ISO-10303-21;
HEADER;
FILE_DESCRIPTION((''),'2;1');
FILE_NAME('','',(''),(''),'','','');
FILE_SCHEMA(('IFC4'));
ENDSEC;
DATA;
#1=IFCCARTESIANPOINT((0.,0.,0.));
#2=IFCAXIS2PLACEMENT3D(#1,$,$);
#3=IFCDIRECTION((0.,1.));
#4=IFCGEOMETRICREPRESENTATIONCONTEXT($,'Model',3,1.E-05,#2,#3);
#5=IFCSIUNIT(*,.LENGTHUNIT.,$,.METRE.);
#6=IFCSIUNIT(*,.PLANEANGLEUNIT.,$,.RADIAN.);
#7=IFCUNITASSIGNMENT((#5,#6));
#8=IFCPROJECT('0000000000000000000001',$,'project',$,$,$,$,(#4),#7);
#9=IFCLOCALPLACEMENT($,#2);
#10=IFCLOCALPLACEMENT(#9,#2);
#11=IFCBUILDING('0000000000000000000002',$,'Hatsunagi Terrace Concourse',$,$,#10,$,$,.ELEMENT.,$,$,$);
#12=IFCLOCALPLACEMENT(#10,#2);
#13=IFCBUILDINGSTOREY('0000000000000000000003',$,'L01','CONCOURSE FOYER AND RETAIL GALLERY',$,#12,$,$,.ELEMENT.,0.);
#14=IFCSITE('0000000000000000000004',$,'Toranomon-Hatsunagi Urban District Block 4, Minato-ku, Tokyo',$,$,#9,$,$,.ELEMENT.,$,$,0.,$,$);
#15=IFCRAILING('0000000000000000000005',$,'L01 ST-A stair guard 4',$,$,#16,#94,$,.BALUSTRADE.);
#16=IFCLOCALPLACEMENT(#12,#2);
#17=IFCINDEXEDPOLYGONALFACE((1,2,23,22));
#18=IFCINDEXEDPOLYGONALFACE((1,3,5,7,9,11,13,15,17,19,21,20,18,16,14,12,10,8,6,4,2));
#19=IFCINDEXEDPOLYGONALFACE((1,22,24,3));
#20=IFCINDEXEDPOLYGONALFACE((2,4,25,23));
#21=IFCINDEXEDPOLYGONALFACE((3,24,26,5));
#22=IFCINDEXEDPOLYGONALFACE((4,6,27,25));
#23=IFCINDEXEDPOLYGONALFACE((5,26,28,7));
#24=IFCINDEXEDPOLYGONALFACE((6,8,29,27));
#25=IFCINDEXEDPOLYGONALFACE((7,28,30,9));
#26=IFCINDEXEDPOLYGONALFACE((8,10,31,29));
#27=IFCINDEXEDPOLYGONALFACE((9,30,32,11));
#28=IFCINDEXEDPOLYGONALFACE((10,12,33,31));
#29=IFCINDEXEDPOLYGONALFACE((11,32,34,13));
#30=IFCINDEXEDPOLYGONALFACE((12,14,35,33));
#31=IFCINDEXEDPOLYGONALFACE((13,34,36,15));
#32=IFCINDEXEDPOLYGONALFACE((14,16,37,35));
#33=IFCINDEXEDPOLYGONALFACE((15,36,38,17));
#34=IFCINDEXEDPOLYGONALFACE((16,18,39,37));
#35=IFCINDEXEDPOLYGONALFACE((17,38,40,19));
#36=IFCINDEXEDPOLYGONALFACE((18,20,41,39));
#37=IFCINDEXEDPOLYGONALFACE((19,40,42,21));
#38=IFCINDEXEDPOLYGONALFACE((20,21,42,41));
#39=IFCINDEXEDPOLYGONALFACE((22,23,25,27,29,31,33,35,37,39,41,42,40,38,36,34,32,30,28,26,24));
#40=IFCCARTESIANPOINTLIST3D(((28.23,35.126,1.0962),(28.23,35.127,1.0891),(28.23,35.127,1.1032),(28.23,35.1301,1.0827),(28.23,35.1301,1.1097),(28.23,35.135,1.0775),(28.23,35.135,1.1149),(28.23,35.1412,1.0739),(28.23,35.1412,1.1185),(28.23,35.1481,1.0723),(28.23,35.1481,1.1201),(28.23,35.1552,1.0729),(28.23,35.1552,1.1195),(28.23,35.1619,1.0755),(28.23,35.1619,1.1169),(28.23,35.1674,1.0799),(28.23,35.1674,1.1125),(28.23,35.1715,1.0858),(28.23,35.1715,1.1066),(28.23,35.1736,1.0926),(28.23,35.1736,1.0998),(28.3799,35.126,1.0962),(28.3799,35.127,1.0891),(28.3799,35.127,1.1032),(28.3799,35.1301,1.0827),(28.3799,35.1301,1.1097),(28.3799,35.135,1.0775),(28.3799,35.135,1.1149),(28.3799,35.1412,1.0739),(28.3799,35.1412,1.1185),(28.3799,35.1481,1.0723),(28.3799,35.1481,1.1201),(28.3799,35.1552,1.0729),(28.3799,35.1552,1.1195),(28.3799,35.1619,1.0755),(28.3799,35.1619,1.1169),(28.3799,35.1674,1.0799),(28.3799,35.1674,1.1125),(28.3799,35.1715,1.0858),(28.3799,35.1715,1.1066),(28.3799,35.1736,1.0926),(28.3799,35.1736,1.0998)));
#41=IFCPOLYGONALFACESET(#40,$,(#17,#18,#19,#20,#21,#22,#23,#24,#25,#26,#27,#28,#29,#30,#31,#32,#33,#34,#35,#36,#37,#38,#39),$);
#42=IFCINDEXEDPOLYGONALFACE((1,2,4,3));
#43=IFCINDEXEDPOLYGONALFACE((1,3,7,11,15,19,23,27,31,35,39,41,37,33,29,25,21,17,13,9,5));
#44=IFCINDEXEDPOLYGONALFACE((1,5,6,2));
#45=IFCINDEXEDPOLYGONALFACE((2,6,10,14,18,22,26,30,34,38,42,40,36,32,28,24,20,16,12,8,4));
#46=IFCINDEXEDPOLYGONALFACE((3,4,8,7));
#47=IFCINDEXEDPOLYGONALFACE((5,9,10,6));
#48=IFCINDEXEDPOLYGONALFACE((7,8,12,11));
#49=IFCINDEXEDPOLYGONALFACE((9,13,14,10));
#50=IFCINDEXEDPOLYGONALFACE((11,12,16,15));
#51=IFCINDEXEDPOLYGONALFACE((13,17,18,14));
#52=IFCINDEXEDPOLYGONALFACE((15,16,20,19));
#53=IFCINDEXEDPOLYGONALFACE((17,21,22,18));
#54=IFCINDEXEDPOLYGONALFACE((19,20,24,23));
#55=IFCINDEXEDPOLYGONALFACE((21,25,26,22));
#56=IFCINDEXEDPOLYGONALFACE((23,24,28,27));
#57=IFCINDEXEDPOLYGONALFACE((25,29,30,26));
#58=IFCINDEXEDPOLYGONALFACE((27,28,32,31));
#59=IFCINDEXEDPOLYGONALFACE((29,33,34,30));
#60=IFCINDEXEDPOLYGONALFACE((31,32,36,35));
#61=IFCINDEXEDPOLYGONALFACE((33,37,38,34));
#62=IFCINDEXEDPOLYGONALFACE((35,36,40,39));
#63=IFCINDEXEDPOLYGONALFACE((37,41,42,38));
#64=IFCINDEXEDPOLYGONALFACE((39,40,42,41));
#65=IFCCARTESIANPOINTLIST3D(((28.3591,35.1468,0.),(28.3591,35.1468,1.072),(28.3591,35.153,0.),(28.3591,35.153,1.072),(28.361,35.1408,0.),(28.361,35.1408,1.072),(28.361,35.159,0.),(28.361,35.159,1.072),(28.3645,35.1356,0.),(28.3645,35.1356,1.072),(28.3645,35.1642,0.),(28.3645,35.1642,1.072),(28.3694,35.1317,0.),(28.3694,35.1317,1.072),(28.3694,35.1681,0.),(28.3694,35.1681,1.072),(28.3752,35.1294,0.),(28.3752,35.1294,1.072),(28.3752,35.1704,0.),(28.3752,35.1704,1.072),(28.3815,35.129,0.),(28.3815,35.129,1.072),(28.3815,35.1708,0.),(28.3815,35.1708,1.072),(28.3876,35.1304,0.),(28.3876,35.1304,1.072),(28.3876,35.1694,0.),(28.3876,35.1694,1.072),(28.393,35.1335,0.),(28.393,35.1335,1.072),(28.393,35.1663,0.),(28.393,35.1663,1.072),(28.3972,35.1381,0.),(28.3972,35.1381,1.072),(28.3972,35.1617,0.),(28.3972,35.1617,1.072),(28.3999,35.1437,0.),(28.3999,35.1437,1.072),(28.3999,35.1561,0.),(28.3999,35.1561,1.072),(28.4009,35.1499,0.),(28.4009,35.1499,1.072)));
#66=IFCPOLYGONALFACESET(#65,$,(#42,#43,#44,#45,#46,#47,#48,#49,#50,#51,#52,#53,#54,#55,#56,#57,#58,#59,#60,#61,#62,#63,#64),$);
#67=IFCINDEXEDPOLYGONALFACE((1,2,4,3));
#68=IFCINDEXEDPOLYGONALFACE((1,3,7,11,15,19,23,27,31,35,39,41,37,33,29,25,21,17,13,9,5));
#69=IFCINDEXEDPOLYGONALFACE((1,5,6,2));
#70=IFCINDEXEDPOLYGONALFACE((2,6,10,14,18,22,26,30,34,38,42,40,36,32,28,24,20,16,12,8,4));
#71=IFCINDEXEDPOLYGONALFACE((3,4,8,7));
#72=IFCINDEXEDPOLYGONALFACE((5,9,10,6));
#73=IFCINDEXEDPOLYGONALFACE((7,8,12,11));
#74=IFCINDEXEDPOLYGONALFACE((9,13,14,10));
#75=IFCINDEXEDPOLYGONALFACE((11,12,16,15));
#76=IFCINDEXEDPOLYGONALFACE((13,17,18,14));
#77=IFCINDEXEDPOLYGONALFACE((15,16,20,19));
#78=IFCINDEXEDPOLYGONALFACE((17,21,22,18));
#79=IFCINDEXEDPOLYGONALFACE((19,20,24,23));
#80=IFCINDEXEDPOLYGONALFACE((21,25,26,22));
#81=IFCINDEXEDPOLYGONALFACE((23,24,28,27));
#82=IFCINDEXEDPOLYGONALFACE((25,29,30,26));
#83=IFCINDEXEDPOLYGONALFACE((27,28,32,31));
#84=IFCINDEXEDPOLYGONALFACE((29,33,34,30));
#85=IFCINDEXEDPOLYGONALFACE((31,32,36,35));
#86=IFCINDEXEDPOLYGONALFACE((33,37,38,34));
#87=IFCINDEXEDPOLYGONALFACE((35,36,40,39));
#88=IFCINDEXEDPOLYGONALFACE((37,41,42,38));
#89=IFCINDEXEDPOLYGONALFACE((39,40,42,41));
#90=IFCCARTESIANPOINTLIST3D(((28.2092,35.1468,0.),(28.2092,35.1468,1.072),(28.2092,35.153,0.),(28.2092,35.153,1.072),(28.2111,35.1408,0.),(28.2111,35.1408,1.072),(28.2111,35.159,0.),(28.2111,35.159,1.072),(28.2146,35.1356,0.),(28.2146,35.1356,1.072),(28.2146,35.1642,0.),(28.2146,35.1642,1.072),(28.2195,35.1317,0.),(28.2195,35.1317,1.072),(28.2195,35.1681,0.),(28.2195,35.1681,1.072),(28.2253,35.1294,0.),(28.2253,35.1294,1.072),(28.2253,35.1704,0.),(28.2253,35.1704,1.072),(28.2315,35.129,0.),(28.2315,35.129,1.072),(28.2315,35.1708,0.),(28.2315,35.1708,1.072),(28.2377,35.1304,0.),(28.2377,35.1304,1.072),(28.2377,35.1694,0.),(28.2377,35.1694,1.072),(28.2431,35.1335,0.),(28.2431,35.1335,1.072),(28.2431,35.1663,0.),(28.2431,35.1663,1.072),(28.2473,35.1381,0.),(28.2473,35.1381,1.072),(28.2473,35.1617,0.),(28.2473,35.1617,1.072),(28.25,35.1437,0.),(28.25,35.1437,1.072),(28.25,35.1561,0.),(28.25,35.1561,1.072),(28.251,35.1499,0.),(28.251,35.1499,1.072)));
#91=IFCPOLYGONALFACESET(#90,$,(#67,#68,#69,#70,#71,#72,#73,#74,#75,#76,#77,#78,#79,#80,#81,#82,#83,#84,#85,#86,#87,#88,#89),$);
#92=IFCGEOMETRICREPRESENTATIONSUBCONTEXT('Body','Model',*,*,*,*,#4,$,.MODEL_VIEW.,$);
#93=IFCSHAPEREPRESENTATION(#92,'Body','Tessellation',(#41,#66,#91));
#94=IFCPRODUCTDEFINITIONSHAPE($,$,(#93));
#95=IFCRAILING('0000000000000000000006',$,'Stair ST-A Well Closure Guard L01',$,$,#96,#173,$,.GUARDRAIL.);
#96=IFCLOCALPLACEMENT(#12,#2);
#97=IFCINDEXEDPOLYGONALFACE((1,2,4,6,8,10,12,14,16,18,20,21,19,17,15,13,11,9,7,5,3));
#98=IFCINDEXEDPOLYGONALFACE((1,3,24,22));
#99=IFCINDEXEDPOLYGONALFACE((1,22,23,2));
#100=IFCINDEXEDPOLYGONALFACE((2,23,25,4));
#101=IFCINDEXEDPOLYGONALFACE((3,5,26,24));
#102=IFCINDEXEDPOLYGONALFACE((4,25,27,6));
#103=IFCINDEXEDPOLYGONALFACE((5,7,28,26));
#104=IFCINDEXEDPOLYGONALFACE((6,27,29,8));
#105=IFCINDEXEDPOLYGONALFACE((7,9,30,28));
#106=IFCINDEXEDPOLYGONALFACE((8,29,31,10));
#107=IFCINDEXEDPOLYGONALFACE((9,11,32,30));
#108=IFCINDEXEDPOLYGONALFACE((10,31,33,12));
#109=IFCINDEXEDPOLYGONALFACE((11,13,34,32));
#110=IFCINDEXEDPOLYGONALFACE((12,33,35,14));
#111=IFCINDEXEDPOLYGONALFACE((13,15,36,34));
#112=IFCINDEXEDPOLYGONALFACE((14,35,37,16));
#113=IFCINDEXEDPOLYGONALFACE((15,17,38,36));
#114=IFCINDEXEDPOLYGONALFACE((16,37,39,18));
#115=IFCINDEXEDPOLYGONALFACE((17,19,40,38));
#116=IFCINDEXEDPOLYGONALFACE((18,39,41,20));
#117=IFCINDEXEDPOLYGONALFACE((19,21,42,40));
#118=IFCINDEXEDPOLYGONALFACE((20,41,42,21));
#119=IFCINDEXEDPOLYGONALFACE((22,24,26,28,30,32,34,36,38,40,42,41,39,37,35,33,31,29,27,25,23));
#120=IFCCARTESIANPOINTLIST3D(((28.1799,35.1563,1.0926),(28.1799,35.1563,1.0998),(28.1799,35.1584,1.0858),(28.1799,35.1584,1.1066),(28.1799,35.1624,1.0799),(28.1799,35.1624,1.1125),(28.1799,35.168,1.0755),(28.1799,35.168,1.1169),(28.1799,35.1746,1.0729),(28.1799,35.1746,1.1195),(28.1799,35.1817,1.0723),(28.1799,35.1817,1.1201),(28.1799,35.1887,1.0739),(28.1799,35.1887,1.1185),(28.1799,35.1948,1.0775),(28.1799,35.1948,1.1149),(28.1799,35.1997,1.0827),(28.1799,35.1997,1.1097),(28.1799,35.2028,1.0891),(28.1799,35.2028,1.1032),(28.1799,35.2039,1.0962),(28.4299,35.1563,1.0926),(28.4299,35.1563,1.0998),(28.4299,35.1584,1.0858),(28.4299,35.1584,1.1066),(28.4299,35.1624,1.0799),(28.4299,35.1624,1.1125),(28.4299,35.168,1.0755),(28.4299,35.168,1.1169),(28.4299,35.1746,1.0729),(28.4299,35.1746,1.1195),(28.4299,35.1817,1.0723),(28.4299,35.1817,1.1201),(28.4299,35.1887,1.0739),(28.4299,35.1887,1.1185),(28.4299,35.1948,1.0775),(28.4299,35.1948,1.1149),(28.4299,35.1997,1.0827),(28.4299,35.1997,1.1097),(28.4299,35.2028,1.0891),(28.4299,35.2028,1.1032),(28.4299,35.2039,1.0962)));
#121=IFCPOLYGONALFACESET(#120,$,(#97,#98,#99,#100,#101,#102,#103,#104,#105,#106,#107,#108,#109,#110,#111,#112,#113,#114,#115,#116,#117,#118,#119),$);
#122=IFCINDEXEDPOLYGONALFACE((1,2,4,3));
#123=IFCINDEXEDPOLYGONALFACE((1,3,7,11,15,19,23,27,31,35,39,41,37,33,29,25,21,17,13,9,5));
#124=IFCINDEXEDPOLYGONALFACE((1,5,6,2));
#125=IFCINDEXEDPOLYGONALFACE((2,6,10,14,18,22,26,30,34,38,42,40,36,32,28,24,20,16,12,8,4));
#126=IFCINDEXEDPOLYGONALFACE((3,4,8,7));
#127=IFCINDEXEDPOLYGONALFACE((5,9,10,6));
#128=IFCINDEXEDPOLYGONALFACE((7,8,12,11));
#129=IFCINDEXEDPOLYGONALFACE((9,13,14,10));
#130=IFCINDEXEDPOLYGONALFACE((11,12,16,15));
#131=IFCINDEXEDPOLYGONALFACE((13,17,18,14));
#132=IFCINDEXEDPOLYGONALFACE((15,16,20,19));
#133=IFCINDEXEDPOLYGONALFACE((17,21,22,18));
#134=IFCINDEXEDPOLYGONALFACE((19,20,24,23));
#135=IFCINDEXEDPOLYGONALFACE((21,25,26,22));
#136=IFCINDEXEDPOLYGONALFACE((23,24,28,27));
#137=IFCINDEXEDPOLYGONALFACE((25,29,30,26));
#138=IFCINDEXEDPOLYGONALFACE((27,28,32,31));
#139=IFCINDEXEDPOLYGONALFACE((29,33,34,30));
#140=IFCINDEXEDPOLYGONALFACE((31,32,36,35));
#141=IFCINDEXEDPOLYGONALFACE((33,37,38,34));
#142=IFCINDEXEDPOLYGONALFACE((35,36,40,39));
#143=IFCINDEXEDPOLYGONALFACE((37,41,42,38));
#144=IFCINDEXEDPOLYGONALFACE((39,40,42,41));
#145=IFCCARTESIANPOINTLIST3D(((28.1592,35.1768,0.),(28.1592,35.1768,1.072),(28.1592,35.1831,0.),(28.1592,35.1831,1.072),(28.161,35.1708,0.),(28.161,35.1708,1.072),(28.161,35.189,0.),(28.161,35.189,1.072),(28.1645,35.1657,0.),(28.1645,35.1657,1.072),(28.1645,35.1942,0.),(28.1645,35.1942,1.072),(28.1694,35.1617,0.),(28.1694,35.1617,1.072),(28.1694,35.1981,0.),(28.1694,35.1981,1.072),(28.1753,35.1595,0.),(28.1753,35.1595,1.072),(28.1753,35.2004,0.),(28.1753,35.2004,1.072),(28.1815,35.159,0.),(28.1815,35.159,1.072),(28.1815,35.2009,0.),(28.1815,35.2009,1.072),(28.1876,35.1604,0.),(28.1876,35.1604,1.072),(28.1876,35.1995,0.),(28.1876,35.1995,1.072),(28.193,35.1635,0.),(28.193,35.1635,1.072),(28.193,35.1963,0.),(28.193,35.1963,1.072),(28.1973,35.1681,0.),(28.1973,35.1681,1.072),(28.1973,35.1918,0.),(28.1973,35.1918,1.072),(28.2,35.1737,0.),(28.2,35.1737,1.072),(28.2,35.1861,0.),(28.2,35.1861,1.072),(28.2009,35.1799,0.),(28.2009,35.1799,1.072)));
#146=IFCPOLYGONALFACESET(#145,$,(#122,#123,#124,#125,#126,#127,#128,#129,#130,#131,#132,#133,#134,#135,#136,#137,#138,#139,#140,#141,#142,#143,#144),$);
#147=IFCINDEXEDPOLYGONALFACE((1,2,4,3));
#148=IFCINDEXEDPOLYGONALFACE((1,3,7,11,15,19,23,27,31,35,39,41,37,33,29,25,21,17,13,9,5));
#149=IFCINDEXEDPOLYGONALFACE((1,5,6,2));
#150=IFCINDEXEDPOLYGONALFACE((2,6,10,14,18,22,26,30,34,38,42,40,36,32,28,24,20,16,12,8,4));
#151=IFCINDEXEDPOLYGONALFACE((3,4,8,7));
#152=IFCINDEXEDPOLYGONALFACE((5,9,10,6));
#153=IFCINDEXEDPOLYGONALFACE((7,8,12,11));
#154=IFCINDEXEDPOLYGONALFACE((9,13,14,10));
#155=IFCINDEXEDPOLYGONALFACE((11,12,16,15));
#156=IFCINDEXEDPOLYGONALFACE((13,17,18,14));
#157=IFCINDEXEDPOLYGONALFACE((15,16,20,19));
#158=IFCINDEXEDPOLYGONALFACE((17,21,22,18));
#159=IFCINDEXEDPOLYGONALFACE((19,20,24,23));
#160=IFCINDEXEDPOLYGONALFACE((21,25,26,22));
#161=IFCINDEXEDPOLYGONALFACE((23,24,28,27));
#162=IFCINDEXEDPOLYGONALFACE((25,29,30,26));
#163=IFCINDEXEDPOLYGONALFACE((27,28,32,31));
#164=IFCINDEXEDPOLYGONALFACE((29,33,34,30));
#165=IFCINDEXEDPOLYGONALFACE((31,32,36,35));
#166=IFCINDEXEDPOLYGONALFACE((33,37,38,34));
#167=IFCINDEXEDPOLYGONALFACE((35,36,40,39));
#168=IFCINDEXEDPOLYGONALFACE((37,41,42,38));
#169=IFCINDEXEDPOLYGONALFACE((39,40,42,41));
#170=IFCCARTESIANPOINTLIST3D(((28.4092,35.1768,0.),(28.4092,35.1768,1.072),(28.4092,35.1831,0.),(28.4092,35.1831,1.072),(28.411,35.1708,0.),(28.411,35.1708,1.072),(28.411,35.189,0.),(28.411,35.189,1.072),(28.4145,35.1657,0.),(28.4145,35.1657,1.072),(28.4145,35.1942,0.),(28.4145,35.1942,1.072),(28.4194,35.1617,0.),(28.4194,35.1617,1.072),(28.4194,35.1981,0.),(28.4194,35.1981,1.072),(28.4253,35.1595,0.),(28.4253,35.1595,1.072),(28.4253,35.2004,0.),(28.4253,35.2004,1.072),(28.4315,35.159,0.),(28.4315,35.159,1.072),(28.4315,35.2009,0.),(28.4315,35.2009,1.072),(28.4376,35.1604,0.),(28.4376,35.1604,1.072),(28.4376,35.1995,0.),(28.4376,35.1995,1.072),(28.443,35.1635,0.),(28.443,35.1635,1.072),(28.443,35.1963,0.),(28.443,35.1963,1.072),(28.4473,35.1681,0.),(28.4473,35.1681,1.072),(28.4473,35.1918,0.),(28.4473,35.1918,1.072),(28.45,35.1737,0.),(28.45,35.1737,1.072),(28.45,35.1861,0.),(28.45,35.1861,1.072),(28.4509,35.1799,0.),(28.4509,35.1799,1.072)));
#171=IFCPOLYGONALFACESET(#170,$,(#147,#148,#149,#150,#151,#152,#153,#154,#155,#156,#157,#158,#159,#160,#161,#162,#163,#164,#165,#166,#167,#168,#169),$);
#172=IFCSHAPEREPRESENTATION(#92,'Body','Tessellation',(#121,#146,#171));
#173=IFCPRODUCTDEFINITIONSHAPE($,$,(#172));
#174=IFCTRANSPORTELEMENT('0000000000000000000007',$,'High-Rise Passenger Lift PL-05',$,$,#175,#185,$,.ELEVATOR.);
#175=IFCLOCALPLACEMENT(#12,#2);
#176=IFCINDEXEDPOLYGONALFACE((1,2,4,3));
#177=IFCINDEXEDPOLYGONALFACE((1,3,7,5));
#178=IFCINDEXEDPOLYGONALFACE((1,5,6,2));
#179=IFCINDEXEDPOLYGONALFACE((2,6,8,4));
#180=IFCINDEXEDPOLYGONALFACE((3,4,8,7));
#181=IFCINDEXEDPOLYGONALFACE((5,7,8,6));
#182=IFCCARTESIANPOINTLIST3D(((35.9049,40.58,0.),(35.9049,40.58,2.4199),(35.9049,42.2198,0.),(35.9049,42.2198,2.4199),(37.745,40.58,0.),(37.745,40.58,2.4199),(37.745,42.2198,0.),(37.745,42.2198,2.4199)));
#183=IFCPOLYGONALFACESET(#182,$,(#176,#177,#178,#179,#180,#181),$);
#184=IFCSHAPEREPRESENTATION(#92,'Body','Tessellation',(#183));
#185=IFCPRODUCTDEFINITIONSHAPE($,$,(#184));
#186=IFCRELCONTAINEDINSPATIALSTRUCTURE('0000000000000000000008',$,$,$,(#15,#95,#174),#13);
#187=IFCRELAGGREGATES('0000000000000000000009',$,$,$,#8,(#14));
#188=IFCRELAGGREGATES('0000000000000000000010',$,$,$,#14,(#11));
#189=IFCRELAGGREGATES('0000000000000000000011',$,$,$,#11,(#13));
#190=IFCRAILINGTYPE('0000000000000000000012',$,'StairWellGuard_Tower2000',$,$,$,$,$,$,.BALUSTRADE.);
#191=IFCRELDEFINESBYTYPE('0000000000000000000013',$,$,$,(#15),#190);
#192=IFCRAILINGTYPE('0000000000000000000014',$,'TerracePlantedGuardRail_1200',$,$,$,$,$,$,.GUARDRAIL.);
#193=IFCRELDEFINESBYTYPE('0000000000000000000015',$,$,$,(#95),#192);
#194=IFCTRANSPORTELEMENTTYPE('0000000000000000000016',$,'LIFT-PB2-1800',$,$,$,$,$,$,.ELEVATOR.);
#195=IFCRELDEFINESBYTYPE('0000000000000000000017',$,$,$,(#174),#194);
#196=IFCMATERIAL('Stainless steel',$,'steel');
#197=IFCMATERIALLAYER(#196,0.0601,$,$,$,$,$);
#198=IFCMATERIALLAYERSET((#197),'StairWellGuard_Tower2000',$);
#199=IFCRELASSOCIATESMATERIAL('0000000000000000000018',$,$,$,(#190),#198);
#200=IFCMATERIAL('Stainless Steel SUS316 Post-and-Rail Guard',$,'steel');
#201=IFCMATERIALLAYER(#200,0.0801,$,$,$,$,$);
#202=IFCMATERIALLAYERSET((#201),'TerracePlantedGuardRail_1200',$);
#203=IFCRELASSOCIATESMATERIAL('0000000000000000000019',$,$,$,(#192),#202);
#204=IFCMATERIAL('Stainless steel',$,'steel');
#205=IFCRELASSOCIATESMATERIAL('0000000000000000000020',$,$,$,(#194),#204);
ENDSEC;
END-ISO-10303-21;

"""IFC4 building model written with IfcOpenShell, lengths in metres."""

from ifc_helpers import new_model, si_unit, direction, frame, origin, origin_2d, place, context, subcontext, project, spatial, rectangle, circle, extrude, material, layer, layer_set, type_object, element, save


model = new_model("IFC4")

# Units and contexts
model_context = context("Model", 3, precision=1e-05, world=origin(), true_north=direction((0.0, 1.0)))
body_context = subcontext(model_context, "Body", "Model", "MODEL_VIEW")
ifc_project = project(units=[si_unit("LENGTHUNIT", "METRE"), si_unit("PLANEANGLEUNIT", "RADIAN")], contexts=[model_context])

# Site, building, storey
site_placement = place(None, origin())
site = spatial("IfcSite", under=ifc_project, at=site_placement, Name="Toranomon-Hatsunagi Urban District Block 4, Minato-ku, Tokyo", CompositionType="ELEMENT", RefElevation=0.0)
building_placement = place(site_placement, origin())
building = spatial("IfcBuilding", under=site, at=building_placement, Name="Hatsunagi Terrace Concourse", CompositionType="ELEMENT")
storey_placement = place(building_placement, origin())
storey = spatial("IfcBuildingStorey", under=building, at=storey_placement, Name="L01", Description="CONCOURSE FOYER AND RETAIL GALLERY", CompositionType="ELEMENT", Elevation=0.0)

# Railings
ifc_material_1 = material(Name="Stainless steel", Category="steel")
ifc_layer_1 = layer(ifc_material_1, 0.0601)
ifc_layer_set_1 = layer_set([ifc_layer_1], Name="StairWellGuard_Tower2000")
railing_type_1 = type_object("IfcRailingType", Name="StairWellGuard_Tower2000", PredefinedType="BALUSTRADE", material=ifc_layer_set_1)
railing_1_placement = place(storey_placement, frame((28.3799, 35.1499, 0.0)))
element("IfcRailing", 1, at=railing_1_placement, inside=storey, type_object=railing_type_1, Name="L01 ST-A stair guard 4", PredefinedType="BALUSTRADE", context=body_context, shape_type="SweptSolid", body=[
    extrude(circle(Radius=0.0239, at=origin_2d()), frame((0.0, 0.0, 1.0962), z_axis=(-1.0, 0.0, 0.0), x_axis=(0.0, -1.0, 0.0)), (0.0, 0.0, 1.0), 0.1499),
    extrude(circle(Radius=0.021, at=origin_2d()), origin(), (0.0, 0.0, 1.0), 1.072),
    extrude(circle(Radius=0.021, at=origin_2d()), frame((-0.1499, 0.0, 0.0)), (0.0, 0.0, 1.0), 1.072),
])
ifc_material_2 = material(Name="Stainless Steel SUS316 Post-and-Rail Guard", Category="steel")
ifc_layer_2 = layer(ifc_material_2, 0.0801)
ifc_layer_set_2 = layer_set([ifc_layer_2], Name="TerracePlantedGuardRail_1200")
railing_type_2 = type_object("IfcRailingType", Name="TerracePlantedGuardRail_1200", PredefinedType="GUARDRAIL", material=ifc_layer_set_2)
railing_2_placement = place(storey_placement, frame((28.1799, 35.1799, 0.0)))
element("IfcRailing", 2, at=railing_2_placement, inside=storey, type_object=railing_type_2, Name="Stair ST-A Well Closure Guard L01", PredefinedType="GUARDRAIL", context=body_context, shape_type="SweptSolid", body=[
    extrude(circle(Radius=0.0239, at=origin_2d()), frame((0.0, 0.0, 1.0962), z_axis=(1.0, 0.0, 0.0), x_axis=(0.0, 1.0, 0.0)), (0.0, 0.0, 1.0), 0.25),
    extrude(circle(Radius=0.021, at=origin_2d()), origin(), (0.0, 0.0, 1.0), 1.072),
    extrude(circle(Radius=0.021, at=origin_2d()), frame((0.25, 0.0, 0.0)), (0.0, 0.0, 1.0), 1.072),
])

# Transport element
ifc_material_3 = material(Name="Stainless steel", Category="steel")
transport_element_type = type_object("IfcTransportElementType", Name="LIFT-PB2-1800", PredefinedType="ELEVATOR", material=ifc_material_3)
transport_element_placement = place(storey_placement, frame((36.825, 41.3999, 0.0), z_axis=(0.0, 0.0, 1.0), x_axis=(1.0, 0.0, 0.0)))
element("IfcTransportElement", 3, at=transport_element_placement, inside=storey, type_object=transport_element_type, Name="High-Rise Passenger Lift PL-05", PredefinedType="ELEVATOR", context=body_context, shape_type="SweptSolid", body=[
    extrude(rectangle(XDim=1.8401, YDim=1.6399, at=origin_2d()), origin(), (0.0, 0.0, 1.0), 2.4199),
])

save(model, "model.ifc")
